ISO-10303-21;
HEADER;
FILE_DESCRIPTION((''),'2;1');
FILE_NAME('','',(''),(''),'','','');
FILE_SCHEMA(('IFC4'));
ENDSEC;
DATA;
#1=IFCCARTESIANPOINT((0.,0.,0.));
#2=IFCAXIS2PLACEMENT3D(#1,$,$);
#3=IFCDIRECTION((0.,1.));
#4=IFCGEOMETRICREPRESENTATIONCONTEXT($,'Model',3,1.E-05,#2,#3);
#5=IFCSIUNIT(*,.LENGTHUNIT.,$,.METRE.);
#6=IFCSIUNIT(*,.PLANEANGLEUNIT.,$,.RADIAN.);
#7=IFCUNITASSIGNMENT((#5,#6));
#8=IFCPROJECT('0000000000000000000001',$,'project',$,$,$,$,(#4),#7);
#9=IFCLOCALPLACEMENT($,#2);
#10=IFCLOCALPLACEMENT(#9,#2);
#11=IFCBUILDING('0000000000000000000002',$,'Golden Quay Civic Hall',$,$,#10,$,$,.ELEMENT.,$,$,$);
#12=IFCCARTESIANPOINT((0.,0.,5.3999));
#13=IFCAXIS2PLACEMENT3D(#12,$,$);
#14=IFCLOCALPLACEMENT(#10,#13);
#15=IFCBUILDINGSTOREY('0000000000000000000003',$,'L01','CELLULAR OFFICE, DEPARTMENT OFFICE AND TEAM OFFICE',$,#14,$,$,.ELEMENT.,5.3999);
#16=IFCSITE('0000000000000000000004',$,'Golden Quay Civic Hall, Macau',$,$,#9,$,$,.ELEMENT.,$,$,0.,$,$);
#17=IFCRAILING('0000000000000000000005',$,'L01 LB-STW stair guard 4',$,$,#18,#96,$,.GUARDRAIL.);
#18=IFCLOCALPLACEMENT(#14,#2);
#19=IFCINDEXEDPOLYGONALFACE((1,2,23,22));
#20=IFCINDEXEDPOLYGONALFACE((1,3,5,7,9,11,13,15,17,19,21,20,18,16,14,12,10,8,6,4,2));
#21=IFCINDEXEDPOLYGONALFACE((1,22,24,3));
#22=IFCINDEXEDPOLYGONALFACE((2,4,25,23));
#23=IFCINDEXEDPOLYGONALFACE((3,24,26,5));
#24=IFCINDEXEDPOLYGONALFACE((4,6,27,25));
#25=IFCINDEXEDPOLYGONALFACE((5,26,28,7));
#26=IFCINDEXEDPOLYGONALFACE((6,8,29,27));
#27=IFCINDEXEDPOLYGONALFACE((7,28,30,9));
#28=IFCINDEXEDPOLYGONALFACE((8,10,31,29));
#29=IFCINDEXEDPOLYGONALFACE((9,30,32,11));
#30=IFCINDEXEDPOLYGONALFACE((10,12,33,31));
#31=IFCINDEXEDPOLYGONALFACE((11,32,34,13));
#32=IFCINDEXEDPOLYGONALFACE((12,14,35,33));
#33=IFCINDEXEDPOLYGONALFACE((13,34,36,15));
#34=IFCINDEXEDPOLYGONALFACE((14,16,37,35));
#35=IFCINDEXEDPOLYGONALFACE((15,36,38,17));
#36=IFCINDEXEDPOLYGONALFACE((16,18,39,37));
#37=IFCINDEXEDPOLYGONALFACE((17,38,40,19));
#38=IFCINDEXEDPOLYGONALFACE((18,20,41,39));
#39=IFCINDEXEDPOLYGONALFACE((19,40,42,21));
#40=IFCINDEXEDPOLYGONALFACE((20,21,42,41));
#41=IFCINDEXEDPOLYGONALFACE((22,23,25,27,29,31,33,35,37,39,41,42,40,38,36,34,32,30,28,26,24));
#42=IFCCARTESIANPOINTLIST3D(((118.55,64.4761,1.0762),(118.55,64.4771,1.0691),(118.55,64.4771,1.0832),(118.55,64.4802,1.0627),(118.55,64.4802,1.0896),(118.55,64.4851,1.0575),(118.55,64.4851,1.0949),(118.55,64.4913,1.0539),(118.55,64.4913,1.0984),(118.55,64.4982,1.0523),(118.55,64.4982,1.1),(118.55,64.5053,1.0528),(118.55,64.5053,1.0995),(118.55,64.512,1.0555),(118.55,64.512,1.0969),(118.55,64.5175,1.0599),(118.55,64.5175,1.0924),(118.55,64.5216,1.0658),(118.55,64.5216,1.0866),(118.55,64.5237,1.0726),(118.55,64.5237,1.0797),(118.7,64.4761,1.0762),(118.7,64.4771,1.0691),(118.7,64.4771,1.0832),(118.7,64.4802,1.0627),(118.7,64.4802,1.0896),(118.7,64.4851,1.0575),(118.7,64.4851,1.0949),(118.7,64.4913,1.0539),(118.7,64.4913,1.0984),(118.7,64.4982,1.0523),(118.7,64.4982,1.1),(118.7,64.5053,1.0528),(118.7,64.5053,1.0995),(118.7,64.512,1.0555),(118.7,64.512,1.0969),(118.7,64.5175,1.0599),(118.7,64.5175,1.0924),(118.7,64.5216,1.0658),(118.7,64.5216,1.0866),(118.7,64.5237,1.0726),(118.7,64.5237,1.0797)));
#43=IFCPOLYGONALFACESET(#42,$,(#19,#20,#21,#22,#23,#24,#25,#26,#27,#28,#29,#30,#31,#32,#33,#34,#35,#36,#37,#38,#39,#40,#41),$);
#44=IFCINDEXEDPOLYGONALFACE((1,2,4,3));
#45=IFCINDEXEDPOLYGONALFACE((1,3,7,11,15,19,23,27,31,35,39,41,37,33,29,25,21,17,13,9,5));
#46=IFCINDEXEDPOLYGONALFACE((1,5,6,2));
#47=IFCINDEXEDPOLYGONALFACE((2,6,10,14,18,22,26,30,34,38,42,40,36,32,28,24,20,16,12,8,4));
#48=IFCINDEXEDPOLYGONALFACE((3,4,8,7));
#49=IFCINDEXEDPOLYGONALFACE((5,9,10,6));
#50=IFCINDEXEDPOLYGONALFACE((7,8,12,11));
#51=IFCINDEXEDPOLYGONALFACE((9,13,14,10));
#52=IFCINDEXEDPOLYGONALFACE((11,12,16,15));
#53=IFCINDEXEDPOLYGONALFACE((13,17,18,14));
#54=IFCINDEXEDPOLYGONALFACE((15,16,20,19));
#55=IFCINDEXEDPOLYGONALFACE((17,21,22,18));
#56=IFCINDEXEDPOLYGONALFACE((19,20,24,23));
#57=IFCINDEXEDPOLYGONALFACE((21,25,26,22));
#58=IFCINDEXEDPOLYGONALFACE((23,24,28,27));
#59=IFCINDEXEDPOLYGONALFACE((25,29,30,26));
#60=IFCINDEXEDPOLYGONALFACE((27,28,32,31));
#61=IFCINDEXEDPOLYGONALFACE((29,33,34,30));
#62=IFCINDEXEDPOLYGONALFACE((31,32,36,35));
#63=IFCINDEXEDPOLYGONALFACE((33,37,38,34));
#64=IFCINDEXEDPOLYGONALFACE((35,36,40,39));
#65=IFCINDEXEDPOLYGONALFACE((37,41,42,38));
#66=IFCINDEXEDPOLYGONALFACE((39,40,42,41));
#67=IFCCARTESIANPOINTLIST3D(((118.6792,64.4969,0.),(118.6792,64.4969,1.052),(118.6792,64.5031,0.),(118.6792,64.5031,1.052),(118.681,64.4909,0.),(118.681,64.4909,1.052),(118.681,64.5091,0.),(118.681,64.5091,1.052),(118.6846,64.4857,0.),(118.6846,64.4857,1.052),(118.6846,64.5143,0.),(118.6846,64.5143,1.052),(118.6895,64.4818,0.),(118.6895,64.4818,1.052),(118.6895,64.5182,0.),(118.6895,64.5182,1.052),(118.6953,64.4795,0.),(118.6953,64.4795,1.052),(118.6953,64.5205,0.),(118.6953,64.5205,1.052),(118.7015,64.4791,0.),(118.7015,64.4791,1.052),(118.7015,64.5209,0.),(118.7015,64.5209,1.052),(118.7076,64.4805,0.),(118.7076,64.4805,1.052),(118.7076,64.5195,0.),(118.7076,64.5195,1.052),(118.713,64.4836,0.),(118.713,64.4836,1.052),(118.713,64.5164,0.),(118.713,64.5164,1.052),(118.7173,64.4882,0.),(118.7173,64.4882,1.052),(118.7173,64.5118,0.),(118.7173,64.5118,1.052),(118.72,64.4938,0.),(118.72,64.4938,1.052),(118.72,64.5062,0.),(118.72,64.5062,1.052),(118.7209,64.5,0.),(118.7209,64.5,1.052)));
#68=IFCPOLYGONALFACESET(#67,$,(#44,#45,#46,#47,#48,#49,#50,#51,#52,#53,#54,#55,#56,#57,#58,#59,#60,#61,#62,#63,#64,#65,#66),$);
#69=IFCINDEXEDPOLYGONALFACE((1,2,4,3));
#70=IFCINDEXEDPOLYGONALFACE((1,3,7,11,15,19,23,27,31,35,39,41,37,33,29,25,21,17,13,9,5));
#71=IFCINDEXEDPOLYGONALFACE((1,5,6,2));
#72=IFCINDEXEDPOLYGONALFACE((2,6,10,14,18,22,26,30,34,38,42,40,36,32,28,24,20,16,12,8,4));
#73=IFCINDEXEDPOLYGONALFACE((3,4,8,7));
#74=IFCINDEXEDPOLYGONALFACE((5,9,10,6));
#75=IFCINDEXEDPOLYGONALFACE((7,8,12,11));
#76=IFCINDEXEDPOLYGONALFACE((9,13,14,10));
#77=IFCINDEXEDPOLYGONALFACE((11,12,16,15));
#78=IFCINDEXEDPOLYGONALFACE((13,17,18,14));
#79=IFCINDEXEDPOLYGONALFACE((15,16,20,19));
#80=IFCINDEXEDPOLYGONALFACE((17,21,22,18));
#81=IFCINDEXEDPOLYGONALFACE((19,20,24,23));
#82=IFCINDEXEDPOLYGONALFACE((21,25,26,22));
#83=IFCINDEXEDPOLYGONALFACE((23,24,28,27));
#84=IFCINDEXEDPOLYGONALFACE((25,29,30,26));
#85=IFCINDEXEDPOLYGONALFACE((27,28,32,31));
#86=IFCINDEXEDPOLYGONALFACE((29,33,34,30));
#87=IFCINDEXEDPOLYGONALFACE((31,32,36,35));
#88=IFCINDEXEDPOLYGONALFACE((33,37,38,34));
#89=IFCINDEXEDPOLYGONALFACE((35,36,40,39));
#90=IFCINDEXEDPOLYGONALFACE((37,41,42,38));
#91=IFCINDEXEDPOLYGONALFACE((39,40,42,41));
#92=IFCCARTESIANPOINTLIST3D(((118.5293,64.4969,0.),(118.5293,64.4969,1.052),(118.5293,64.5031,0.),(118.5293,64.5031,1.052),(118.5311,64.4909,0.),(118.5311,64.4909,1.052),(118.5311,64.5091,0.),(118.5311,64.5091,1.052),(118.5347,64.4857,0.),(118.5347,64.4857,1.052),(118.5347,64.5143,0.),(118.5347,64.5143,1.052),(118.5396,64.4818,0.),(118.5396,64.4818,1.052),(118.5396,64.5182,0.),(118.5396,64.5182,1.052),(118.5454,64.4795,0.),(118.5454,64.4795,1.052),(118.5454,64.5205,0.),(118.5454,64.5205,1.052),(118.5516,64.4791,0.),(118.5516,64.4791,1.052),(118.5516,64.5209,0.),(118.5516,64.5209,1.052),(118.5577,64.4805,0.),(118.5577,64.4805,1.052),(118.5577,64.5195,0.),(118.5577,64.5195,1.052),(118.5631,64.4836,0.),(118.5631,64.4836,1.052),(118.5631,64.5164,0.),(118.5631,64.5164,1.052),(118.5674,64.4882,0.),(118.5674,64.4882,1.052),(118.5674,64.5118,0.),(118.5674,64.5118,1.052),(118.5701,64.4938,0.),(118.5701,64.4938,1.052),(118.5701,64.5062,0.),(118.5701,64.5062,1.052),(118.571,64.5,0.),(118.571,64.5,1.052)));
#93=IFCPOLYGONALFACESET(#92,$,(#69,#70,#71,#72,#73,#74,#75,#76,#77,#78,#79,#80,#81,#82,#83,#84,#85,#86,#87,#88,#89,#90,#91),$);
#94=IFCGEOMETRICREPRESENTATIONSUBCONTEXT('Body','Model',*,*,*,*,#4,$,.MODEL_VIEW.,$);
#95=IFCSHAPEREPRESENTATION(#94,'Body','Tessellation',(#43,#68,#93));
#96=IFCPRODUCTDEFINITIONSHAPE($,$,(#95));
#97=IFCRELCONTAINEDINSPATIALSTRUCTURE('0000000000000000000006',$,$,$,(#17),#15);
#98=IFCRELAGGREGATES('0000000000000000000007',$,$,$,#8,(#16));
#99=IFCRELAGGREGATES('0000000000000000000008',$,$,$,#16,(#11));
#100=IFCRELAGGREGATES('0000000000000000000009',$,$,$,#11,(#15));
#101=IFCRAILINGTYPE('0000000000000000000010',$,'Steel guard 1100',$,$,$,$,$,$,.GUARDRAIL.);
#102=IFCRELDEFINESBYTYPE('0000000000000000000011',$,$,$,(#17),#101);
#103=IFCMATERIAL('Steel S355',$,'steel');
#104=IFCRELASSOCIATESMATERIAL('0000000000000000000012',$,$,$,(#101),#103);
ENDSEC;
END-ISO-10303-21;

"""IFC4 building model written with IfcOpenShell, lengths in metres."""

from ifc_helpers import new_model, si_unit, direction, frame, origin, origin_2d, place, context, subcontext, project, spatial, circle, extrude, material, type_object, element, save


model = new_model("IFC4")

# Units and contexts
model_context = context("Model", 3, precision=1e-05, world=origin(), true_north=direction((0.0, 1.0)))
body_context = subcontext(model_context, "Body", "Model", "MODEL_VIEW")
ifc_project = project(units=[si_unit("LENGTHUNIT", "METRE"), si_unit("PLANEANGLEUNIT", "RADIAN")], contexts=[model_context])

# Site, building, storey
site_placement = place(None, origin())
site = spatial("IfcSite", under=ifc_project, at=site_placement, Name="Golden Quay Civic Hall, Macau", CompositionType="ELEMENT", RefElevation=0.0)
building_placement = place(site_placement, origin())
building = spatial("IfcBuilding", under=site, at=building_placement, Name="Golden Quay Civic Hall", CompositionType="ELEMENT")
storey_placement = place(building_placement, frame((0.0, 0.0, 5.3999)))
storey = spatial("IfcBuildingStorey", under=building, at=storey_placement, Name="L01", Description="CELLULAR OFFICE, DEPARTMENT OFFICE AND TEAM OFFICE", CompositionType="ELEMENT", Elevation=5.3999)

# Railing
ifc_material_1 = material(Name="Steel S355", Category="steel")
railing_type_1 = type_object("IfcRailingType", Name="Steel guard 1100", PredefinedType="GUARDRAIL", material=ifc_material_1)
railing_1_placement = place(storey_placement, frame((118.7, 64.5, 0.0)))
element("IfcRailing", 1, at=railing_1_placement, inside=storey, type_object=railing_type_1, Name="L01 LB-STW stair guard 4", PredefinedType="GUARDRAIL", context=body_context, shape_type="SweptSolid", body=[
    extrude(circle(Radius=0.0239, at=origin_2d()), frame((0.0, 0.0, 1.0762), z_axis=(-1.0, 0.0, 0.0), x_axis=(0.0, -1.0, 0.0)), (0.0, 0.0, 1.0), 0.1499),
    extrude(circle(Radius=0.021, at=origin_2d()), origin(), (0.0, 0.0, 1.0), 1.052),
    extrude(circle(Radius=0.021, at=origin_2d()), frame((-0.1499, 0.0, 0.0)), (0.0, 0.0, 1.0), 1.052),
])

save(model, "model.ifc")
